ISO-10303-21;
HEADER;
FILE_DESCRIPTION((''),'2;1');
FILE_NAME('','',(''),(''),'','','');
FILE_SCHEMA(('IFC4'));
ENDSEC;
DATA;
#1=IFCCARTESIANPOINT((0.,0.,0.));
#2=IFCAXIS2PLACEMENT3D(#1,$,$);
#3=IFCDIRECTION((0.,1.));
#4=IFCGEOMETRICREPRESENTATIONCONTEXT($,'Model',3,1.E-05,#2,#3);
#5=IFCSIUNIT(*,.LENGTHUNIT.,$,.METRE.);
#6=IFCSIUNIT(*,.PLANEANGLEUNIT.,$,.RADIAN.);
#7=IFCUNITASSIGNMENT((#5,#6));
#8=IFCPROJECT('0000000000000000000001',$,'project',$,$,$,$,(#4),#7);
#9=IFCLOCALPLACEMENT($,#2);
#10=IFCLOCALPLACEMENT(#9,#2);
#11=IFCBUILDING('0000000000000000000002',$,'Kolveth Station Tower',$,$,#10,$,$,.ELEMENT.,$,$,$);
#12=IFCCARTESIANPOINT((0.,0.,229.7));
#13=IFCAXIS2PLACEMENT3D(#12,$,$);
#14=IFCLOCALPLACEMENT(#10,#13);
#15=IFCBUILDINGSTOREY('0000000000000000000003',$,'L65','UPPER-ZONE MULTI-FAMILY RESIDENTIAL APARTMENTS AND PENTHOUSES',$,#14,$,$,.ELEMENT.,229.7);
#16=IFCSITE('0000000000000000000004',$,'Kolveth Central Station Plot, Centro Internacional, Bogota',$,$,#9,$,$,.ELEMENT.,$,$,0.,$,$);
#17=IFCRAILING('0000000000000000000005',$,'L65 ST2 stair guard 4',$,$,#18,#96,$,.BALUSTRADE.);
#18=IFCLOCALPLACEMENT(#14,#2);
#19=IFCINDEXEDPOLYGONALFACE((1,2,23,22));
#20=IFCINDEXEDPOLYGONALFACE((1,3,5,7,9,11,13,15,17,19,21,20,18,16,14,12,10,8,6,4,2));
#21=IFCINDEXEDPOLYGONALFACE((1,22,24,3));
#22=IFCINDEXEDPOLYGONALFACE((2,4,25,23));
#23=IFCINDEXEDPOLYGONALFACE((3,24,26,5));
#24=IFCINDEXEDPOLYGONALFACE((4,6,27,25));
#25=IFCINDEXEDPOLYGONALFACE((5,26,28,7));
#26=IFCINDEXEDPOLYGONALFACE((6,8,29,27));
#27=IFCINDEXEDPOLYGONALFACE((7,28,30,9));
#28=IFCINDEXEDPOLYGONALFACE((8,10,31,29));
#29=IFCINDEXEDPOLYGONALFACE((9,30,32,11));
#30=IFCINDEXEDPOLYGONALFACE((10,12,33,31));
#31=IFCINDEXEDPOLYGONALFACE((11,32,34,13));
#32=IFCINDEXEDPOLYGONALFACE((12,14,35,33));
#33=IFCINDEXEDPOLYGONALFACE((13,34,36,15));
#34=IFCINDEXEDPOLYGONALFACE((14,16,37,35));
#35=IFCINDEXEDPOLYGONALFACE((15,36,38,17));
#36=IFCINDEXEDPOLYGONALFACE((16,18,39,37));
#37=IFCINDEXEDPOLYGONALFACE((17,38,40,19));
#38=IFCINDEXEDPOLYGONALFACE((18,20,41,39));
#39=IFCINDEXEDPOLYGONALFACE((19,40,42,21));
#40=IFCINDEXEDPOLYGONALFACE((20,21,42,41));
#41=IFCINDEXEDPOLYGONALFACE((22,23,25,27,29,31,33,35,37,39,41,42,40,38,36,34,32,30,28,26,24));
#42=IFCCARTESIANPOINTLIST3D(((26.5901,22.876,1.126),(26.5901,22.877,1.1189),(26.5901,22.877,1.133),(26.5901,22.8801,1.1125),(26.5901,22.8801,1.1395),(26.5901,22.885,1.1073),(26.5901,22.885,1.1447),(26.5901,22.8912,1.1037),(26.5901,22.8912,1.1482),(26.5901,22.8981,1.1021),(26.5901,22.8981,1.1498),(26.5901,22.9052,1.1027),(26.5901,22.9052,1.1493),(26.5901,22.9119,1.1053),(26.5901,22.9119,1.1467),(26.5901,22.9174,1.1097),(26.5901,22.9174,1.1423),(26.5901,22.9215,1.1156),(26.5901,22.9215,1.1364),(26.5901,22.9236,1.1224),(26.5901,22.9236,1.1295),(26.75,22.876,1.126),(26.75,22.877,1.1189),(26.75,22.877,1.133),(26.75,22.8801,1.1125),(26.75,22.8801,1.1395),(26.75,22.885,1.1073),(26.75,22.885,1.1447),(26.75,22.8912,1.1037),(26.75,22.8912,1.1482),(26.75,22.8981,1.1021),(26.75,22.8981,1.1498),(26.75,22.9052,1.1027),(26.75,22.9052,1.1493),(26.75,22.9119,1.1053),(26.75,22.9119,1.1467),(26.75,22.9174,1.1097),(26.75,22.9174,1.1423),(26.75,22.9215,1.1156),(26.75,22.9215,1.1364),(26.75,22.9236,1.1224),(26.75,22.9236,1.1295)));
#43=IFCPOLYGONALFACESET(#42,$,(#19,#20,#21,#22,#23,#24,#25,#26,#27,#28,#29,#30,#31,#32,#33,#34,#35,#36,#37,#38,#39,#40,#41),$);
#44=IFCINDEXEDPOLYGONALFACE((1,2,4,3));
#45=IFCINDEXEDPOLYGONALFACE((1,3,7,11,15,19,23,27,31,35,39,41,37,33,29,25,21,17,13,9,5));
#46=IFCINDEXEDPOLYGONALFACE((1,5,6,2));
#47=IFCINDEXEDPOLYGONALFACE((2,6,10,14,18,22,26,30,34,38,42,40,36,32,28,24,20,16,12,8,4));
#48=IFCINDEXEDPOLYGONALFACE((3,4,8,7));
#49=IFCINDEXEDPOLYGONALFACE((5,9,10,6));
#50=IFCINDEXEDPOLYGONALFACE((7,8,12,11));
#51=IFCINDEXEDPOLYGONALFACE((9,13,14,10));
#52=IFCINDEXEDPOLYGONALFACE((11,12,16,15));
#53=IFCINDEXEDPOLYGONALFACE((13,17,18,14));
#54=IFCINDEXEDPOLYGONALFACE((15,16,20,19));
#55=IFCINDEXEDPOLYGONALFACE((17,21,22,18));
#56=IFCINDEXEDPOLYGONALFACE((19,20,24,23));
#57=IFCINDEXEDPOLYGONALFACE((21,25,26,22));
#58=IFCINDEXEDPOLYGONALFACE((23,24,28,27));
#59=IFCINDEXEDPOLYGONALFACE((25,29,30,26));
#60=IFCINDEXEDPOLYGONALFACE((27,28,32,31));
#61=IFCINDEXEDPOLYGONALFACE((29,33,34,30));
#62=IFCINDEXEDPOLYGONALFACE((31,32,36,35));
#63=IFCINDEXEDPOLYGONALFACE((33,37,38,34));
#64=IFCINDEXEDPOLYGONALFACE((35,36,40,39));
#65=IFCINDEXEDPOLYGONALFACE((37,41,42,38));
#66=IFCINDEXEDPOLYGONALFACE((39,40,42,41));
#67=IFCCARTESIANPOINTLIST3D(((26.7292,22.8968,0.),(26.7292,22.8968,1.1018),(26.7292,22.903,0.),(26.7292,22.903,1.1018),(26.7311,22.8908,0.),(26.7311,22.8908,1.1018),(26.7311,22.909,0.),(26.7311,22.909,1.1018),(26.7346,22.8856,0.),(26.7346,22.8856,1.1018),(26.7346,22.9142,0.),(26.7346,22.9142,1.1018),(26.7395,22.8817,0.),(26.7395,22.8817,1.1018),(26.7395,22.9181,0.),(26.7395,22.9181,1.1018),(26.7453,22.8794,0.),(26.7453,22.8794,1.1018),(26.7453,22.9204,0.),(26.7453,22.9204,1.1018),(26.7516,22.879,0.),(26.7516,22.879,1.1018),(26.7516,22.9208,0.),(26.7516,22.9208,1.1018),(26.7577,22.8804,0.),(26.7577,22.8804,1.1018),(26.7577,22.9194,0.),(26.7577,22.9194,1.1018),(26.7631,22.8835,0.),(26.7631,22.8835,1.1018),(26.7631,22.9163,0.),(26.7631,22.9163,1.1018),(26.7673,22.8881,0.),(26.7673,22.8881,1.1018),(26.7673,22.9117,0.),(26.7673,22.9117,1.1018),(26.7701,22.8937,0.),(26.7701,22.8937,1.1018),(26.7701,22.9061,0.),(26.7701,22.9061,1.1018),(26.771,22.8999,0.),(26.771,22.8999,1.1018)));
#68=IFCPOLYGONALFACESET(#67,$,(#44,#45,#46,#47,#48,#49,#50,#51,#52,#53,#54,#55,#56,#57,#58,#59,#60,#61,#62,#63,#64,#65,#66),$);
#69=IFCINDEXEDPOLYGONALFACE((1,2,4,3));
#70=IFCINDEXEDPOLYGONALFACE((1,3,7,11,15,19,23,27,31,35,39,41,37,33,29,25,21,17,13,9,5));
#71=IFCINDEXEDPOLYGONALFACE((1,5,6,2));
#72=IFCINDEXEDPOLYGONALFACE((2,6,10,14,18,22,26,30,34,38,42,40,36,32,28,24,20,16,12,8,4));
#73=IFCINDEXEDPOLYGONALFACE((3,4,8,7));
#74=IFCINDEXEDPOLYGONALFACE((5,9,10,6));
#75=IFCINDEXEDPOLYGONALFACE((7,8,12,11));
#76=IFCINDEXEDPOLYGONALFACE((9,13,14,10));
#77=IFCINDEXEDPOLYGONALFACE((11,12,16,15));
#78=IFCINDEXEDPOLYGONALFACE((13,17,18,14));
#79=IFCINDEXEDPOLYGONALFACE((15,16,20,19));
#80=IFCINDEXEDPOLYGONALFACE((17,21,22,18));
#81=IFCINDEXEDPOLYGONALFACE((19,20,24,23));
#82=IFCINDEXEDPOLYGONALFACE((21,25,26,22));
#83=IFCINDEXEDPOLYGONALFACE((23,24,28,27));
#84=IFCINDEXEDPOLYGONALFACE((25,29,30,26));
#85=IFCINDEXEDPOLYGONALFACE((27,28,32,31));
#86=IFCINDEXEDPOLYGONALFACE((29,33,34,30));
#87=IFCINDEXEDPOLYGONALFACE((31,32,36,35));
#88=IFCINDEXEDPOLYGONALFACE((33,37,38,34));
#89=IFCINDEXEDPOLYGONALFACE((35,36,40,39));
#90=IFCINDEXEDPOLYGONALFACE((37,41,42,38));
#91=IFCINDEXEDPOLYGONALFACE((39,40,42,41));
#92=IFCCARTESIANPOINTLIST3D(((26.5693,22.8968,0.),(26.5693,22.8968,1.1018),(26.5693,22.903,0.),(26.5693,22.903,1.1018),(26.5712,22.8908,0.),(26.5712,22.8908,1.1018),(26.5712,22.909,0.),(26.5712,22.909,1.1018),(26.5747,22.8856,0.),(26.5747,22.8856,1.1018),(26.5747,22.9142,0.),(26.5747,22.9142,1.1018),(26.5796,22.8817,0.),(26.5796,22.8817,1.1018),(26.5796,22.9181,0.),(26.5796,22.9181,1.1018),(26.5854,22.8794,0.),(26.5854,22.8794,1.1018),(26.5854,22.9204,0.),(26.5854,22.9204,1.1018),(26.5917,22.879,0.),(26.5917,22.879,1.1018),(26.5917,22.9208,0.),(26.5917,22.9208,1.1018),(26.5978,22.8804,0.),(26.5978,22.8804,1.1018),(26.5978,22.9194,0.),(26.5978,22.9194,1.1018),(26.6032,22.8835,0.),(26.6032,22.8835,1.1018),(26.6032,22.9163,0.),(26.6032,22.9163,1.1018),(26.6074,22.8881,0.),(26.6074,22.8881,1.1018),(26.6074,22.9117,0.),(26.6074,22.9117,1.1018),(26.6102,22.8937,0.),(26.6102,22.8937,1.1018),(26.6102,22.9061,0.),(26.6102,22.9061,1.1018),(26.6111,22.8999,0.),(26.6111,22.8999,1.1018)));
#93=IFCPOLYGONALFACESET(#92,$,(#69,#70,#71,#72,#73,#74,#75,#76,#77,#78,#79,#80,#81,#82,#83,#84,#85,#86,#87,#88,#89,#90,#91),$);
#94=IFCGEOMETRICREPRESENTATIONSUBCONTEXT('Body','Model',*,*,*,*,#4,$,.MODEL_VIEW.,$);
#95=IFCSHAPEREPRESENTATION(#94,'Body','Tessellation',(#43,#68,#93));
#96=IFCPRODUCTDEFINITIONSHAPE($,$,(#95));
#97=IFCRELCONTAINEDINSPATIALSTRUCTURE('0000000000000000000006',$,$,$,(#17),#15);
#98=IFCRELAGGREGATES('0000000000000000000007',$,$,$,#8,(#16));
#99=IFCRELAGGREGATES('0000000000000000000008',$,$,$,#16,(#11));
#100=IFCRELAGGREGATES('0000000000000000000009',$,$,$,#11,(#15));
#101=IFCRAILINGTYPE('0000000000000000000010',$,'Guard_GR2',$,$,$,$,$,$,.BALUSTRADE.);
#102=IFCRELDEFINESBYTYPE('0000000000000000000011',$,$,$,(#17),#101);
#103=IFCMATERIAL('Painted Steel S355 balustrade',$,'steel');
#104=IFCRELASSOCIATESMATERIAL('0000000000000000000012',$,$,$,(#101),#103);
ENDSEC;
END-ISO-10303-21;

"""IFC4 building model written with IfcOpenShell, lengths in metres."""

from ifc_helpers import new_model, si_unit, direction, frame, origin, origin_2d, place, context, subcontext, project, spatial, circle, extrude, material, type_object, element, save


model = new_model("IFC4")

# Units and contexts
model_context = context("Model", 3, precision=1e-05, world=origin(), true_north=direction((0.0, 1.0)))
body_context = subcontext(model_context, "Body", "Model", "MODEL_VIEW")
ifc_project = project(units=[si_unit("LENGTHUNIT", "METRE"), si_unit("PLANEANGLEUNIT", "RADIAN")], contexts=[model_context])

# Site, building, storey
site_placement = place(None, origin())
site = spatial("IfcSite", under=ifc_project, at=site_placement, Name="Kolveth Central Station Plot, Centro Internacional, Bogota", CompositionType="ELEMENT", RefElevation=0.0)
building_placement = place(site_placement, origin())
building = spatial("IfcBuilding", under=site, at=building_placement, Name="Kolveth Station Tower", CompositionType="ELEMENT")
storey_placement = place(building_placement, frame((0.0, 0.0, 229.7)))
storey = spatial("IfcBuildingStorey", under=building, at=storey_placement, Name="L65", Description="UPPER-ZONE MULTI-FAMILY RESIDENTIAL APARTMENTS AND PENTHOUSES", CompositionType="ELEMENT", Elevation=229.7)

# Railing
ifc_material_1 = material(Name="Painted Steel S355 balustrade", Category="steel")
railing_type_1 = type_object("IfcRailingType", Name="Guard_GR2", PredefinedType="BALUSTRADE", material=ifc_material_1)
railing_1_placement = place(storey_placement, frame((26.75, 22.8999, 0.0)))
element("IfcRailing", 1, at=railing_1_placement, inside=storey, type_object=railing_type_1, Name="L65 ST2 stair guard 4", PredefinedType="BALUSTRADE", context=body_context, shape_type="SweptSolid", body=[
    extrude(circle(Radius=0.0239, at=origin_2d()), frame((0.0, 0.0, 1.126), z_axis=(-1.0, 0.0, 0.0), x_axis=(0.0, -1.0, 0.0)), (0.0, 0.0, 1.0), 0.1599),
    extrude(circle(Radius=0.021, at=origin_2d()), origin(), (0.0, 0.0, 1.0), 1.1018),
    extrude(circle(Radius=0.021, at=origin_2d()), frame((-0.1599, 0.0, 0.0)), (0.0, 0.0, 1.0), 1.1018),
])

save(model, "model.ifc")
